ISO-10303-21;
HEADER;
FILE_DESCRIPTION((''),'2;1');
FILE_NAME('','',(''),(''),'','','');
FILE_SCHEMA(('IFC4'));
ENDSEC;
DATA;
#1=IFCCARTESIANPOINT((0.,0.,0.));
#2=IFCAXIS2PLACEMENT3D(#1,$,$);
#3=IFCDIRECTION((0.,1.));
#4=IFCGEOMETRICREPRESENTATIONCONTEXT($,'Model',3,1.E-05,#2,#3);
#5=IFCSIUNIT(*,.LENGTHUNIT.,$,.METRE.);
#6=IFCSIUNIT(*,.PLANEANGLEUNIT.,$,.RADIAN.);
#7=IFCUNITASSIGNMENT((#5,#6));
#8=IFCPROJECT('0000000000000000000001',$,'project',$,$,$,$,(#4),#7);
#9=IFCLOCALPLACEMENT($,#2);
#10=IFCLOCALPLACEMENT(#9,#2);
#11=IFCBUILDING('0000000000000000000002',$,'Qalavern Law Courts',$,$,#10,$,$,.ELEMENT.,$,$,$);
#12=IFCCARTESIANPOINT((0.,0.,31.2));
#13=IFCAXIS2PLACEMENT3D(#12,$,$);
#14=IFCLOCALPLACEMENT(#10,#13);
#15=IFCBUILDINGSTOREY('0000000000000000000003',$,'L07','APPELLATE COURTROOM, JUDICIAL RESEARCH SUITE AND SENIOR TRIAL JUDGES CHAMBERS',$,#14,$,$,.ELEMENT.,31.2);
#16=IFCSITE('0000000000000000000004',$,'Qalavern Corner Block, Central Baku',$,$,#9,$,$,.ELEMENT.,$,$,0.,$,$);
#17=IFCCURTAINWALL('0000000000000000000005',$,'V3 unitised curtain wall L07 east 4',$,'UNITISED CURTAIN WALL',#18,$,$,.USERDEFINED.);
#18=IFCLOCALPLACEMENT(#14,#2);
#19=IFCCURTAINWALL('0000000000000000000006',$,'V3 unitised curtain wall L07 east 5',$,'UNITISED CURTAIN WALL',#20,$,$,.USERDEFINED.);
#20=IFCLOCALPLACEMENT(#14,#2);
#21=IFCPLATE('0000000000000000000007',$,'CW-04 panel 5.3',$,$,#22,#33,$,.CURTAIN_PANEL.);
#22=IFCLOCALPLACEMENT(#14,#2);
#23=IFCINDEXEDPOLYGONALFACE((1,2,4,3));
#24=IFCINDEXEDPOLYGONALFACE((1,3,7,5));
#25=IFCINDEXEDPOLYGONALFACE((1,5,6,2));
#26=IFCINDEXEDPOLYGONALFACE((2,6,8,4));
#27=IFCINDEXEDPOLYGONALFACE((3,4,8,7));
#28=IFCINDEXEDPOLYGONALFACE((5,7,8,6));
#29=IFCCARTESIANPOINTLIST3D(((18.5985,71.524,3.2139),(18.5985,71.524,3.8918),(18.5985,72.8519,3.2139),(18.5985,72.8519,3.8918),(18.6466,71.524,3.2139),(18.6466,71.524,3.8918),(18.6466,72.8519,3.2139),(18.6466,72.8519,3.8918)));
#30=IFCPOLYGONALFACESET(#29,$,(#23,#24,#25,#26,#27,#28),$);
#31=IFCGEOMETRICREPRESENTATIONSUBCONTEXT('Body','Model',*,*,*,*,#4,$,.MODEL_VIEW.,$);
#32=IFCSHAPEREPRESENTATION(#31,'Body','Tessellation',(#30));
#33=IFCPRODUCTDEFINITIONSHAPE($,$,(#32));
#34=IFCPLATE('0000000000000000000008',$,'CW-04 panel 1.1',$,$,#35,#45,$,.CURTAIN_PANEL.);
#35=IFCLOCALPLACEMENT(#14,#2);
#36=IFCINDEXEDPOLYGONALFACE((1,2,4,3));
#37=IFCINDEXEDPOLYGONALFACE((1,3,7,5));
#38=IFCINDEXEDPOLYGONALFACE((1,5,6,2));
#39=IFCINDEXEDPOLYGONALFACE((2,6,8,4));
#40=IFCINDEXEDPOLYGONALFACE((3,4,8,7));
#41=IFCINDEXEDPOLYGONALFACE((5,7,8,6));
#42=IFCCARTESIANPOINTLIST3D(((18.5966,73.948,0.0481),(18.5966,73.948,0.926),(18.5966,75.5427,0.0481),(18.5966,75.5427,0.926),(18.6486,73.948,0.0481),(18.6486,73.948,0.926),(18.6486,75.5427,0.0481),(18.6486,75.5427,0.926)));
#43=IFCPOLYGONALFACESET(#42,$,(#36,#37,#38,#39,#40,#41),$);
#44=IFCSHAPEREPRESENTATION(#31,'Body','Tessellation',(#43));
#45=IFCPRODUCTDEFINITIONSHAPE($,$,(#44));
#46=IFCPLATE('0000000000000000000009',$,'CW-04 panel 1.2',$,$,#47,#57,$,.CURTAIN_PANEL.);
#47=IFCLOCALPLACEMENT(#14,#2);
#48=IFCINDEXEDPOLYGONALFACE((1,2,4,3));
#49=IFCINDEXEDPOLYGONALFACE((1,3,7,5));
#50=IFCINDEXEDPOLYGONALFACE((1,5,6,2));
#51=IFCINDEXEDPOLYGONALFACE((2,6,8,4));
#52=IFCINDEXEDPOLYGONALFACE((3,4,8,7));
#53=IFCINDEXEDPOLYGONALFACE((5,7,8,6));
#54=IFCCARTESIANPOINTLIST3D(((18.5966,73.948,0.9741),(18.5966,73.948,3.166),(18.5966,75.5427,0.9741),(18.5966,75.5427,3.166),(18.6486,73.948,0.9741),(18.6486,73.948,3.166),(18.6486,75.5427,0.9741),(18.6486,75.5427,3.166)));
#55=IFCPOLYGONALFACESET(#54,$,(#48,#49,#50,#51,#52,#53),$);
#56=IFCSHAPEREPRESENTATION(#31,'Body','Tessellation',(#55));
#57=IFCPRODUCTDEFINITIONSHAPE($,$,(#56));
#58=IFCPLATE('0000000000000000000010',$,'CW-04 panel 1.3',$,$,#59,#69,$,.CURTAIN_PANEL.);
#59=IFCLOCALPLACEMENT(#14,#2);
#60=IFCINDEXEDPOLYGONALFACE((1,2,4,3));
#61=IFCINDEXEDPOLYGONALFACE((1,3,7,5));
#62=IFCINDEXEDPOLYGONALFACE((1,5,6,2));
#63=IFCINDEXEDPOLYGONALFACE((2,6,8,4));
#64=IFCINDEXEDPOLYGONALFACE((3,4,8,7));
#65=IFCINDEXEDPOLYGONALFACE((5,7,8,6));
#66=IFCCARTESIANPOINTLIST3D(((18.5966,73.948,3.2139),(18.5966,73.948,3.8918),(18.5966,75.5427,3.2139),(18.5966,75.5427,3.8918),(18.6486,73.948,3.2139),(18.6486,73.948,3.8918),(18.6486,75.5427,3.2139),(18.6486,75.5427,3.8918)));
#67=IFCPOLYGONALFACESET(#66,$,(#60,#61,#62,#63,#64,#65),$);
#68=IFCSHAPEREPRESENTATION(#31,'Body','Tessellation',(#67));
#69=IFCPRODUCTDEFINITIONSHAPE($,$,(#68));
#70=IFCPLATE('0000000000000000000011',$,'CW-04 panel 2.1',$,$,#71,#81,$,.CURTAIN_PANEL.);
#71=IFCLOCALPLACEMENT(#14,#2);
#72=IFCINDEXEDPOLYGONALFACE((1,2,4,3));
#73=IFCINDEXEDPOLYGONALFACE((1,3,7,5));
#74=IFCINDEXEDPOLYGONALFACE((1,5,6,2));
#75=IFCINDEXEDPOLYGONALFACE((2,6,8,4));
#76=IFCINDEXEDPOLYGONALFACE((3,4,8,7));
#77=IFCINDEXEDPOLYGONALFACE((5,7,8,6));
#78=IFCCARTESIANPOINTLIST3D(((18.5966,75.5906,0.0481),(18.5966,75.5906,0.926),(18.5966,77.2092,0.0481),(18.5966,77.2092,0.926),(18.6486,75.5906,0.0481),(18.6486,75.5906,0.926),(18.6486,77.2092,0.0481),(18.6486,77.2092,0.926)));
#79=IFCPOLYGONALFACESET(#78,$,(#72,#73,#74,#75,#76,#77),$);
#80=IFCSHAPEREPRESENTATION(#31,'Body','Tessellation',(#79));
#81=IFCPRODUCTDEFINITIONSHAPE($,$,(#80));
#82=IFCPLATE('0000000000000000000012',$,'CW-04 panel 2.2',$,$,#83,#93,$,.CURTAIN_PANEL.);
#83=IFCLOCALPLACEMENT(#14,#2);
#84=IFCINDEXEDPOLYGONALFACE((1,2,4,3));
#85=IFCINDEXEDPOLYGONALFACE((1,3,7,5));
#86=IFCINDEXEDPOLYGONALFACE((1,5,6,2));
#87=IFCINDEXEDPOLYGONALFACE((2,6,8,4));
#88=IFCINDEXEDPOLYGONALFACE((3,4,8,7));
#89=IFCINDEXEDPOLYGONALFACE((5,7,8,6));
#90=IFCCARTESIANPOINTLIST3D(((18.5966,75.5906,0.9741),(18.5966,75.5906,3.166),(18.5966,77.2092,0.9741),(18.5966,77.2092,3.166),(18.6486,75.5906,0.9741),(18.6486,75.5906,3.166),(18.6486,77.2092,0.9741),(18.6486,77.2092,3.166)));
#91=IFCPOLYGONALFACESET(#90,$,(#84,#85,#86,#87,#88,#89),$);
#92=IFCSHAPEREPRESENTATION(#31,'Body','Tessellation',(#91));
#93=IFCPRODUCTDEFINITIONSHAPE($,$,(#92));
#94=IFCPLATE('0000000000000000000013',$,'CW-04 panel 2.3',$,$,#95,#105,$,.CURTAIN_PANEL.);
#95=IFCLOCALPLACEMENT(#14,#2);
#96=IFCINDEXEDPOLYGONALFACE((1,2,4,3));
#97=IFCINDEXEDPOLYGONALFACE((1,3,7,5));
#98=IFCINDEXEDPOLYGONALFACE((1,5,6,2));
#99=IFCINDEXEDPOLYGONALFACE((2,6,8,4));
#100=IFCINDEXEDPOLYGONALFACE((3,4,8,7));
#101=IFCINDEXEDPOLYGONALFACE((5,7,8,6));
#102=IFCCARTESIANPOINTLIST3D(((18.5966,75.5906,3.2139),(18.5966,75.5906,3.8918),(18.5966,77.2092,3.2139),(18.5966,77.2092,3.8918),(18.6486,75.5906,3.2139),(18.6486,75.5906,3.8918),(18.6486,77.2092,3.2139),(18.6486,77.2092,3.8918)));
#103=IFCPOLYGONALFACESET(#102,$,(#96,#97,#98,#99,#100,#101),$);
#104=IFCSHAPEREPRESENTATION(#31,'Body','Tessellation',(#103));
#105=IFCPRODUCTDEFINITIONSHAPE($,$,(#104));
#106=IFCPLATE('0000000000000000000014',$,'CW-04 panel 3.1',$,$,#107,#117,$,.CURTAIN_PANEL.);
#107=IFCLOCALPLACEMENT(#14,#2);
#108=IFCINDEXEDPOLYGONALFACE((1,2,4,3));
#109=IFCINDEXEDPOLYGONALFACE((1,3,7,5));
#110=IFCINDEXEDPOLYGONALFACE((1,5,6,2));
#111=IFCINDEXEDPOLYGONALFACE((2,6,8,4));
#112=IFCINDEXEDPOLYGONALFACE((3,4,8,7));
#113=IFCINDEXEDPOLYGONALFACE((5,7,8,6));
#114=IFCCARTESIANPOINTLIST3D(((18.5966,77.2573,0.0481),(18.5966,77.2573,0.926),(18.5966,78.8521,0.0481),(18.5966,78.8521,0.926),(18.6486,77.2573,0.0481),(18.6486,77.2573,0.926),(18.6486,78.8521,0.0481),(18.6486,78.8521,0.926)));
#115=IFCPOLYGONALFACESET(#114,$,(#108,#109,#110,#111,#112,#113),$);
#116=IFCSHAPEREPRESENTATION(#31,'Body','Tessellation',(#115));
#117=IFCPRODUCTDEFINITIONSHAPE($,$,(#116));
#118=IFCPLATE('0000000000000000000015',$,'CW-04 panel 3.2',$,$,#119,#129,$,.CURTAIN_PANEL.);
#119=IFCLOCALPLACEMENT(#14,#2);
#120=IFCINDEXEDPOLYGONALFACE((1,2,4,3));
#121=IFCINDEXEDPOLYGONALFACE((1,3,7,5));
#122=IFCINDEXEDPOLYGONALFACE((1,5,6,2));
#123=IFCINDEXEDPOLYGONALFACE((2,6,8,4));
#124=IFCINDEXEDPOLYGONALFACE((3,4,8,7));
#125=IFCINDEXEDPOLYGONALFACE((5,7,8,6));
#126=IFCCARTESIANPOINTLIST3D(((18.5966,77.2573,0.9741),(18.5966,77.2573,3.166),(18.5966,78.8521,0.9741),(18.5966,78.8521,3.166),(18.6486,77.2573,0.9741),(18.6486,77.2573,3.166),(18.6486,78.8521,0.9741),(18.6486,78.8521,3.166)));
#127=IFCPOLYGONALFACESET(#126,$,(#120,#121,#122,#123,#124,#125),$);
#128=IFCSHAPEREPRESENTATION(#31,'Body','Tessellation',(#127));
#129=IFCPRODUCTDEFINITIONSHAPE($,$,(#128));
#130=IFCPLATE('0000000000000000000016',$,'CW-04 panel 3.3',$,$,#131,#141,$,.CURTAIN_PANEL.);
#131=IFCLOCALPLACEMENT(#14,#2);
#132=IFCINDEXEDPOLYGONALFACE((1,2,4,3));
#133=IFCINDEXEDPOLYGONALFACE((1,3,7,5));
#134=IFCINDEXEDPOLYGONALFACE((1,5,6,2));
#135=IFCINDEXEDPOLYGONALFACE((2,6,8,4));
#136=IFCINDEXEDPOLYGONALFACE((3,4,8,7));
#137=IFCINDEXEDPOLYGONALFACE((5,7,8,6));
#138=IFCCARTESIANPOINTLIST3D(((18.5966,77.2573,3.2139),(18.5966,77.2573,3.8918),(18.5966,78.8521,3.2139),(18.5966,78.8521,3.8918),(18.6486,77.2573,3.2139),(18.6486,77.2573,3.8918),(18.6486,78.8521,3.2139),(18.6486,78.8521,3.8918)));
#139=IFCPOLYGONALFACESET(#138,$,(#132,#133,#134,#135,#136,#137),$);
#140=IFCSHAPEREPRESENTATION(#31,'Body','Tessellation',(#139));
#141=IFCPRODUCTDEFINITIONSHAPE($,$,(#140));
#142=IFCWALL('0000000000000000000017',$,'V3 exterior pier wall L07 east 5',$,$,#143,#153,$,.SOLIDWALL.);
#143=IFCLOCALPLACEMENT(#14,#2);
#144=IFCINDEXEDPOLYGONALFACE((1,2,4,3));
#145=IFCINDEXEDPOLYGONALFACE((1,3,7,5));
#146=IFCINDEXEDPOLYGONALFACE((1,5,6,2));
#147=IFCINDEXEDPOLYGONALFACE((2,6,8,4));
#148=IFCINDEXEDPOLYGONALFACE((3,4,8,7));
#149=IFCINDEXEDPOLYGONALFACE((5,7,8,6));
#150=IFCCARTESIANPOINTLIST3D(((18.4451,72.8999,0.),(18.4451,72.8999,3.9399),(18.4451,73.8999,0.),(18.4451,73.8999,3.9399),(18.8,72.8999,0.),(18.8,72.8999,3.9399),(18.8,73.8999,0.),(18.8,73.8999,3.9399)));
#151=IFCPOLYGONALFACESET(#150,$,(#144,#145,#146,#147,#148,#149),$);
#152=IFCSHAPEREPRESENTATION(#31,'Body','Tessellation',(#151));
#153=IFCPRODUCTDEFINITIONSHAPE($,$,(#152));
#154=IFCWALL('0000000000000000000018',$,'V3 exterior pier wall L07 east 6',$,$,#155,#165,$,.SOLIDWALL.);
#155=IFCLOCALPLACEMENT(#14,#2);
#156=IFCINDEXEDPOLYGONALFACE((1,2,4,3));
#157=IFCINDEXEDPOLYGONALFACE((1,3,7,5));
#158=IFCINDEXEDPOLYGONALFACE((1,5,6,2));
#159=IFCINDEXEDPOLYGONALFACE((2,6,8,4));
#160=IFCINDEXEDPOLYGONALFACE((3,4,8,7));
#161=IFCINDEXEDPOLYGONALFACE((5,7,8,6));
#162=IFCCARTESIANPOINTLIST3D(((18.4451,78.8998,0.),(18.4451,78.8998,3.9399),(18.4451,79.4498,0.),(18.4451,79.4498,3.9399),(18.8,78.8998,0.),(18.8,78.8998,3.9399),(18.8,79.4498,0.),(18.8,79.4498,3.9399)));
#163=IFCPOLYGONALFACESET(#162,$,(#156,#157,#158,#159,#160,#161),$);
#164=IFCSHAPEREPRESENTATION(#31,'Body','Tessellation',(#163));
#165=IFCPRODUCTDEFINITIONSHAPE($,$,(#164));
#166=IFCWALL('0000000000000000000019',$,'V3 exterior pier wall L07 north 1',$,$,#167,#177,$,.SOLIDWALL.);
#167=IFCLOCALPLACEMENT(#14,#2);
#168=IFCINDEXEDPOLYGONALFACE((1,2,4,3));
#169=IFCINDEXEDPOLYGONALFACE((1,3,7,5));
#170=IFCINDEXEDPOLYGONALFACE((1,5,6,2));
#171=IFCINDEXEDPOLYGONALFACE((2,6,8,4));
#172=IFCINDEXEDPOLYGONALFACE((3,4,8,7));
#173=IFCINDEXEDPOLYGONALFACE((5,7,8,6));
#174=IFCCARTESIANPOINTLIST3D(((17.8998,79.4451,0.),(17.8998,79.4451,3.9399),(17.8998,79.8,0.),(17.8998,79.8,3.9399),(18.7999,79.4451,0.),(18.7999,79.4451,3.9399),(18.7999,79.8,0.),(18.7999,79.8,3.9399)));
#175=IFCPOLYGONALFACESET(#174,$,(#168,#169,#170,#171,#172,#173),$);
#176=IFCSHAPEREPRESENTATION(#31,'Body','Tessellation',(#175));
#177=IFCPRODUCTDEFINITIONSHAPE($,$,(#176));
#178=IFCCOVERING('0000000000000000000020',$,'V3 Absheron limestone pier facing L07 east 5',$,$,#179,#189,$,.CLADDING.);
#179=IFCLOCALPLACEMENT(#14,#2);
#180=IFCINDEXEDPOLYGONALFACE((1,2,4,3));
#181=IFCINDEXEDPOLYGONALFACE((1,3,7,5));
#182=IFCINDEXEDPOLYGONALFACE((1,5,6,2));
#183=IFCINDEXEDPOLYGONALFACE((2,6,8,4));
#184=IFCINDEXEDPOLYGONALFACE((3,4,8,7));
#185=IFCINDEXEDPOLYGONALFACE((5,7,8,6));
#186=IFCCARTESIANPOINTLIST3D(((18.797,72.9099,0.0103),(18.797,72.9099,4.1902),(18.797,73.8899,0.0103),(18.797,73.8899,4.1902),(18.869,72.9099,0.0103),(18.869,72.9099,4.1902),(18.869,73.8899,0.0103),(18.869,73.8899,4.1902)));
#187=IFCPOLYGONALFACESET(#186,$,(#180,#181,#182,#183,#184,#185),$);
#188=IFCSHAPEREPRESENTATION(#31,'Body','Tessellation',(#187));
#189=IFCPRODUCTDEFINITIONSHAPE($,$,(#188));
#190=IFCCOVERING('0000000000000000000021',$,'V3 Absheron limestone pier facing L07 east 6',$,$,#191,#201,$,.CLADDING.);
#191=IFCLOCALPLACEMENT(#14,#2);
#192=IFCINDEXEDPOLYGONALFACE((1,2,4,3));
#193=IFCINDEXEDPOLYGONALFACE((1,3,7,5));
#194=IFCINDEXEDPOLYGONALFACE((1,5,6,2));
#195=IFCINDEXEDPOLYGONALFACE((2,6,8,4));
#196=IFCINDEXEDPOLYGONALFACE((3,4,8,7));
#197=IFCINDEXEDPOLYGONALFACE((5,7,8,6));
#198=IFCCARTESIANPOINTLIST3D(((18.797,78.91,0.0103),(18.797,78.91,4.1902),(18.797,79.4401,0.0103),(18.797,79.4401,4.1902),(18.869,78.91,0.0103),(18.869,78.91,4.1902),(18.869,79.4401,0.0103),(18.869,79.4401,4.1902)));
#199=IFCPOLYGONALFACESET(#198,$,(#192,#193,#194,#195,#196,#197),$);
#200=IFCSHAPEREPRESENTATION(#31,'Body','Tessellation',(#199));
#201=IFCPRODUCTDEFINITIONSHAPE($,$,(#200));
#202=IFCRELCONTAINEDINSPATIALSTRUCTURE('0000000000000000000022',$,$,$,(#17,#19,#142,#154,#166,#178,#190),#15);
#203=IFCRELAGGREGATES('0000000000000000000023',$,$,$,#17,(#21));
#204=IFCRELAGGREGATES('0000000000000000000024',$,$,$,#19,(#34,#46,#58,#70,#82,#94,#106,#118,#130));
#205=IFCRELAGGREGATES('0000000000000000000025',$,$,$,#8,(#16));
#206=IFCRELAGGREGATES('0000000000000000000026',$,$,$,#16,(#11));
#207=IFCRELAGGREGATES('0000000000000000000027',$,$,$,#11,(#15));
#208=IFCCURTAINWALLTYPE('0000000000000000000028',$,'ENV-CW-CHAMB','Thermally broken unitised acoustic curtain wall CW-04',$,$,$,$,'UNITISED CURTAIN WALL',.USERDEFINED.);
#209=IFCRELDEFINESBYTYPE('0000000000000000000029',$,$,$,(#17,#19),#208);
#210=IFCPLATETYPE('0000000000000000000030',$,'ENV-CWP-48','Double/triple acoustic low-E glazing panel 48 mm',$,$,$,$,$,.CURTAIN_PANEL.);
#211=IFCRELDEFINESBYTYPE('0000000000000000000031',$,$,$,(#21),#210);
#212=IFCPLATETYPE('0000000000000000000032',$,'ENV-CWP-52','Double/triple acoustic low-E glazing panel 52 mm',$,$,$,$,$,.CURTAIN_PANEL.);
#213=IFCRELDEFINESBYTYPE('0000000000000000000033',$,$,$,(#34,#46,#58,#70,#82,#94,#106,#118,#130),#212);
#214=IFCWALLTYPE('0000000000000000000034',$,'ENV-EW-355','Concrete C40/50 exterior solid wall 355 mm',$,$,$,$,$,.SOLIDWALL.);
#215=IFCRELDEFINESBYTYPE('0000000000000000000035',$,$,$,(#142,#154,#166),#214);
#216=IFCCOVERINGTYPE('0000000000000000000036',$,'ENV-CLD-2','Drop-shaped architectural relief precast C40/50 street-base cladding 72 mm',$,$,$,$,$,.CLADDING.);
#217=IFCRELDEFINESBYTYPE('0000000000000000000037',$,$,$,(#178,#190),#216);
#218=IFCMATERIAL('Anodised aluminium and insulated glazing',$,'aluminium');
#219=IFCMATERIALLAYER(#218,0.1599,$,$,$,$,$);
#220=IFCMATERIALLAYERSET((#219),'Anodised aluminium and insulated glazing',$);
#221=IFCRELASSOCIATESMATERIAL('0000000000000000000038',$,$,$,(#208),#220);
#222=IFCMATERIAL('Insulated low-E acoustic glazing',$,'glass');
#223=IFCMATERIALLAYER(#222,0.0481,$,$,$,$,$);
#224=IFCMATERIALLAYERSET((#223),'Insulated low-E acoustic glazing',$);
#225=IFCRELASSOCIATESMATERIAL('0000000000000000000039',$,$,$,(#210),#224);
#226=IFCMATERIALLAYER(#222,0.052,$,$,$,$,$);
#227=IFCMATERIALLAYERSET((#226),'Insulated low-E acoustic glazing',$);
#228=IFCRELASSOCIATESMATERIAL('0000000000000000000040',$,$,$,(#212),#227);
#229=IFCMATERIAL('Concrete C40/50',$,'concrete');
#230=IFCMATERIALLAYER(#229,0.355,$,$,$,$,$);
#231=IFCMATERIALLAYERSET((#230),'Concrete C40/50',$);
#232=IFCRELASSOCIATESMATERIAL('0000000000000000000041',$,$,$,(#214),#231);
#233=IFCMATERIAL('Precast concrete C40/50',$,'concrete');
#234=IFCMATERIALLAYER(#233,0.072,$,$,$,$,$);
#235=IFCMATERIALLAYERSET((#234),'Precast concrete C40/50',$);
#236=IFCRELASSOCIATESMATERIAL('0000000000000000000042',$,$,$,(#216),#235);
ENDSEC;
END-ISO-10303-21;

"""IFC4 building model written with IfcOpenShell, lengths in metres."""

from ifc_helpers import new_model, si_unit, direction, frame, frame_2d, origin, origin_2d, place, context, subcontext, project, spatial, rectangle, extrude, material, layer, layer_set, type_object, element, aggregate, save


model = new_model("IFC4")

# Units and contexts
model_context = context("Model", 3, precision=1e-05, world=origin(), true_north=direction((0.0, 1.0)))
body_context = subcontext(model_context, "Body", "Model", "MODEL_VIEW")
ifc_project = project(units=[si_unit("LENGTHUNIT", "METRE"), si_unit("PLANEANGLEUNIT", "RADIAN")], contexts=[model_context])

# Site, building, storey
site_placement = place(None, origin())
site = spatial("IfcSite", under=ifc_project, at=site_placement, Name="Qalavern Corner Block, Central Baku", CompositionType="ELEMENT", RefElevation=0.0)
building_placement = place(site_placement, origin())
building = spatial("IfcBuilding", under=site, at=building_placement, Name="Qalavern Law Courts", CompositionType="ELEMENT")
storey_placement = place(building_placement, frame((0.0, 0.0, 31.2)))
storey = spatial("IfcBuildingStorey", under=building, at=storey_placement, Name="L07", Description="APPELLATE COURTROOM, JUDICIAL RESEARCH SUITE AND SENIOR TRIAL JUDGES CHAMBERS", CompositionType="ELEMENT", Elevation=31.2)

# Curtain wall
ifc_material_1 = material(Name="Anodised aluminium and insulated glazing", Category="aluminium")
ifc_layer_1 = layer(ifc_material_1, 0.1599)
ifc_layer_set_1 = layer_set([ifc_layer_1], Name="Anodised aluminium and insulated glazing")
curtain_wall_type = type_object("IfcCurtainWallType", Name="ENV-CW-CHAMB", Description="Thermally broken unitised acoustic curtain wall CW-04", ElementType="UNITISED CURTAIN WALL", PredefinedType="USERDEFINED", material=ifc_layer_set_1)
curtain_wall_1_placement = place(storey_placement, origin())
curtain_wall_1 = element("IfcCurtainWall", 1, at=curtain_wall_1_placement, inside=storey, type_object=curtain_wall_type, Name="V3 unitised curtain wall L07 east 4", ObjectType="UNITISED CURTAIN WALL", PredefinedType="USERDEFINED")

# Curtain wall
curtain_wall_2_placement = place(storey_placement, origin())
curtain_wall_2 = element("IfcCurtainWall", 2, at=curtain_wall_2_placement, inside=storey, type_object=curtain_wall_type, Name="V3 unitised curtain wall L07 east 5", ObjectType="UNITISED CURTAIN WALL", PredefinedType="USERDEFINED")

# Plates
ifc_material_2 = material(Name="Insulated low-E acoustic glazing", Category="glass")
ifc_layer_2 = layer(ifc_material_2, 0.0481)
ifc_layer_set_2 = layer_set([ifc_layer_2], Name="Insulated low-E acoustic glazing")
plate_type_1 = type_object("IfcPlateType", Name="ENV-CWP-48", Description="Double/triple acoustic low-E glazing panel 48 mm", PredefinedType="CURTAIN_PANEL", material=ifc_layer_set_2)
plate_1_placement = place(storey_placement, frame((18.6226, 72.188, 3.2139), z_axis=(0.0, 0.0, 1.0), x_axis=(0.0, 1.0, 0.0)))
plate_1 = element("IfcPlate", 3, at=plate_1_placement, type_object=plate_type_1, Name="CW-04 panel 5.3", PredefinedType="CURTAIN_PANEL", context=body_context, shape_type="SweptSolid", body=[
    extrude(rectangle(XDim=1.3279, YDim=0.0481, at=origin_2d()), origin(), (0.0, 0.0, 1.0), 0.678),
])
aggregate(curtain_wall_1, [plate_1])
ifc_layer_3 = layer(ifc_material_2, 0.052)
ifc_layer_set_3 = layer_set([ifc_layer_3], Name="Insulated low-E acoustic glazing")
plate_type_2 = type_object("IfcPlateType", Name="ENV-CWP-52", Description="Double/triple acoustic low-E glazing panel 52 mm", PredefinedType="CURTAIN_PANEL", material=ifc_layer_set_3)
plate_2_placement = place(storey_placement, frame((18.6226, 74.7454, 0.0481), z_axis=(0.0, 0.0, 1.0), x_axis=(0.0, 1.0, 0.0)))
plate_2 = element("IfcPlate", 4, at=plate_2_placement, type_object=plate_type_2, Name="CW-04 panel 1.1", PredefinedType="CURTAIN_PANEL", context=body_context, shape_type="SweptSolid", body=[
    extrude(rectangle(XDim=1.5947, YDim=0.052, at=origin_2d()), origin(), (0.0, 0.0, 1.0), 0.8779),
])
plate_3_placement = place(storey_placement, frame((18.6226, 74.7454, 0.9741), z_axis=(0.0, 0.0, 1.0), x_axis=(0.0, 1.0, 0.0)))
plate_3 = element("IfcPlate", 5, at=plate_3_placement, type_object=plate_type_2, Name="CW-04 panel 1.2", PredefinedType="CURTAIN_PANEL", context=body_context, shape_type="SweptSolid", body=[
    extrude(rectangle(XDim=1.5947, YDim=0.052, at=origin_2d()), origin(), (0.0, 0.0, 1.0), 2.1919),
])
plate_4_placement = place(storey_placement, frame((18.6226, 74.7454, 3.2139), z_axis=(0.0, 0.0, 1.0), x_axis=(0.0, 1.0, 0.0)))
plate_4 = element("IfcPlate", 6, at=plate_4_placement, type_object=plate_type_2, Name="CW-04 panel 1.3", PredefinedType="CURTAIN_PANEL", context=body_context, shape_type="SweptSolid", body=[
    extrude(rectangle(XDim=1.5947, YDim=0.052, at=origin_2d()), origin(), (0.0, 0.0, 1.0), 0.678),
])
plate_5_placement = place(storey_placement, frame((18.6226, 76.3999, 0.0481), z_axis=(0.0, 0.0, 1.0), x_axis=(0.0, 1.0, 0.0)))
plate_5 = element("IfcPlate", 7, at=plate_5_placement, type_object=plate_type_2, Name="CW-04 panel 2.1", PredefinedType="CURTAIN_PANEL", context=body_context, shape_type="SweptSolid", body=[
    extrude(rectangle(XDim=1.6187, YDim=0.052, at=origin_2d()), origin(), (0.0, 0.0, 1.0), 0.8779),
])
plate_6_placement = place(storey_placement, frame((18.6226, 76.3999, 0.9741), z_axis=(0.0, 0.0, 1.0), x_axis=(0.0, 1.0, 0.0)))
plate_6 = element("IfcPlate", 8, at=plate_6_placement, type_object=plate_type_2, Name="CW-04 panel 2.2", PredefinedType="CURTAIN_PANEL", context=body_context, shape_type="SweptSolid", body=[
    extrude(rectangle(XDim=1.6187, YDim=0.052, at=origin_2d()), origin(), (0.0, 0.0, 1.0), 2.1919),
])
plate_7_placement = place(storey_placement, frame((18.6226, 76.3999, 3.2139), z_axis=(0.0, 0.0, 1.0), x_axis=(0.0, 1.0, 0.0)))
plate_7 = element("IfcPlate", 9, at=plate_7_placement, type_object=plate_type_2, Name="CW-04 panel 2.3", PredefinedType="CURTAIN_PANEL", context=body_context, shape_type="SweptSolid", body=[
    extrude(rectangle(XDim=1.6187, YDim=0.052, at=origin_2d()), origin(), (0.0, 0.0, 1.0), 0.678),
])
plate_8_placement = place(storey_placement, frame((18.6226, 78.0547, 0.0481), z_axis=(0.0, 0.0, 1.0), x_axis=(0.0, 1.0, 0.0)))
plate_8 = element("IfcPlate", 10, at=plate_8_placement, type_object=plate_type_2, Name="CW-04 panel 3.1", PredefinedType="CURTAIN_PANEL", context=body_context, shape_type="SweptSolid", body=[
    extrude(rectangle(XDim=1.5947, YDim=0.052, at=origin_2d()), origin(), (0.0, 0.0, 1.0), 0.8779),
])
plate_9_placement = place(storey_placement, frame((18.6226, 78.0547, 0.9741), z_axis=(0.0, 0.0, 1.0), x_axis=(0.0, 1.0, 0.0)))
plate_9 = element("IfcPlate", 11, at=plate_9_placement, type_object=plate_type_2, Name="CW-04 panel 3.2", PredefinedType="CURTAIN_PANEL", context=body_context, shape_type="SweptSolid", body=[
    extrude(rectangle(XDim=1.5947, YDim=0.052, at=origin_2d()), origin(), (0.0, 0.0, 1.0), 2.1919),
])
plate_10_placement = place(storey_placement, frame((18.6226, 78.0547, 3.2139), z_axis=(0.0, 0.0, 1.0), x_axis=(0.0, 1.0, 0.0)))
plate_10 = element("IfcPlate", 12, at=plate_10_placement, type_object=plate_type_2, Name="CW-04 panel 3.3", PredefinedType="CURTAIN_PANEL", context=body_context, shape_type="SweptSolid", body=[
    extrude(rectangle(XDim=1.5947, YDim=0.052, at=origin_2d()), origin(), (0.0, 0.0, 1.0), 0.678),
])
aggregate(curtain_wall_2, [plate_2, plate_3, plate_4, plate_5, plate_6, plate_7, plate_8, plate_9, plate_10])

# Walls
ifc_material_3 = material(Name="Concrete C40/50", Category="concrete")
ifc_layer_4 = layer(ifc_material_3, 0.355)
ifc_layer_set_4 = layer_set([ifc_layer_4], Name="Concrete C40/50")
wall_type = type_object("IfcWallType", Name="ENV-EW-355", Description="Concrete C40/50 exterior solid wall 355 mm", PredefinedType="SOLIDWALL", material=ifc_layer_set_4)
wall_1_placement = place(storey_placement, frame((18.6226, 72.8999, 0.0), z_axis=(0.0, 0.0, 1.0), x_axis=(0.0, 1.0, 0.0)))
element("IfcWall", 13, at=wall_1_placement, inside=storey, type_object=wall_type, Name="V3 exterior pier wall L07 east 5", PredefinedType="SOLIDWALL", context=body_context, shape_type="SweptSolid", body=[
    extrude(rectangle(XDim=1.0, YDim=0.355, at=frame_2d((0.5, 0.0))), origin(), (0.0, 0.0, 1.0), 3.9399),
])
wall_2_placement = place(storey_placement, frame((18.6226, 78.8999, 0.0), z_axis=(0.0, 0.0, 1.0), x_axis=(0.0, 1.0, 0.0)))
element("IfcWall", 14, at=wall_2_placement, inside=storey, type_object=wall_type, Name="V3 exterior pier wall L07 east 6", PredefinedType="SOLIDWALL", context=body_context, shape_type="SweptSolid", body=[
    extrude(rectangle(XDim=0.55, YDim=0.355, at=frame_2d((0.2749, 0.0))), origin(), (0.0, 0.0, 1.0), 3.9399),
])
wall_3_placement = place(storey_placement, frame((18.8, 79.6226, 0.0), z_axis=(0.0, 0.0, 1.0), x_axis=(-1.0, 0.0, 0.0)))
element("IfcWall", 15, at=wall_3_placement, inside=storey, type_object=wall_type, Name="V3 exterior pier wall L07 north 1", PredefinedType="SOLIDWALL", context=body_context, shape_type="SweptSolid", body=[
    extrude(rectangle(XDim=0.9001, YDim=0.355, at=frame_2d((0.4502, 0.0))), origin(), (0.0, 0.0, 1.0), 3.9399),
])

# Coverings
ifc_material_4 = material(Name="Precast concrete C40/50", Category="concrete")
ifc_layer_5 = layer(ifc_material_4, 0.072)
ifc_layer_set_5 = layer_set([ifc_layer_5], Name="Precast concrete C40/50")
covering_type = type_object("IfcCoveringType", Name="ENV-CLD-2", Description="Drop-shaped architectural relief precast C40/50 street-base cladding 72 mm", PredefinedType="CLADDING", material=ifc_layer_set_5)
covering_1_placement = place(storey_placement, frame((18.833, 73.3999, 0.0103), z_axis=(0.0, 0.0, 1.0), x_axis=(0.0, 1.0, 0.0)))
element("IfcCovering", 16, at=covering_1_placement, inside=storey, type_object=covering_type, Name="V3 Absheron limestone pier facing L07 east 5", PredefinedType="CLADDING", context=body_context, shape_type="SweptSolid", body=[
    extrude(rectangle(XDim=0.98, YDim=0.072, at=origin_2d()), origin(), (0.0, 0.0, 1.0), 4.1799),
])
covering_2_placement = place(storey_placement, frame((18.833, 79.175, 0.0103), z_axis=(0.0, 0.0, 1.0), x_axis=(0.0, 1.0, 0.0)))
element("IfcCovering", 17, at=covering_2_placement, inside=storey, type_object=covering_type, Name="V3 Absheron limestone pier facing L07 east 6", PredefinedType="CLADDING", context=body_context, shape_type="SweptSolid", body=[
    extrude(rectangle(XDim=0.53, YDim=0.072, at=origin_2d()), origin(), (0.0, 0.0, 1.0), 4.1799),
])

save(model, "model.ifc")
